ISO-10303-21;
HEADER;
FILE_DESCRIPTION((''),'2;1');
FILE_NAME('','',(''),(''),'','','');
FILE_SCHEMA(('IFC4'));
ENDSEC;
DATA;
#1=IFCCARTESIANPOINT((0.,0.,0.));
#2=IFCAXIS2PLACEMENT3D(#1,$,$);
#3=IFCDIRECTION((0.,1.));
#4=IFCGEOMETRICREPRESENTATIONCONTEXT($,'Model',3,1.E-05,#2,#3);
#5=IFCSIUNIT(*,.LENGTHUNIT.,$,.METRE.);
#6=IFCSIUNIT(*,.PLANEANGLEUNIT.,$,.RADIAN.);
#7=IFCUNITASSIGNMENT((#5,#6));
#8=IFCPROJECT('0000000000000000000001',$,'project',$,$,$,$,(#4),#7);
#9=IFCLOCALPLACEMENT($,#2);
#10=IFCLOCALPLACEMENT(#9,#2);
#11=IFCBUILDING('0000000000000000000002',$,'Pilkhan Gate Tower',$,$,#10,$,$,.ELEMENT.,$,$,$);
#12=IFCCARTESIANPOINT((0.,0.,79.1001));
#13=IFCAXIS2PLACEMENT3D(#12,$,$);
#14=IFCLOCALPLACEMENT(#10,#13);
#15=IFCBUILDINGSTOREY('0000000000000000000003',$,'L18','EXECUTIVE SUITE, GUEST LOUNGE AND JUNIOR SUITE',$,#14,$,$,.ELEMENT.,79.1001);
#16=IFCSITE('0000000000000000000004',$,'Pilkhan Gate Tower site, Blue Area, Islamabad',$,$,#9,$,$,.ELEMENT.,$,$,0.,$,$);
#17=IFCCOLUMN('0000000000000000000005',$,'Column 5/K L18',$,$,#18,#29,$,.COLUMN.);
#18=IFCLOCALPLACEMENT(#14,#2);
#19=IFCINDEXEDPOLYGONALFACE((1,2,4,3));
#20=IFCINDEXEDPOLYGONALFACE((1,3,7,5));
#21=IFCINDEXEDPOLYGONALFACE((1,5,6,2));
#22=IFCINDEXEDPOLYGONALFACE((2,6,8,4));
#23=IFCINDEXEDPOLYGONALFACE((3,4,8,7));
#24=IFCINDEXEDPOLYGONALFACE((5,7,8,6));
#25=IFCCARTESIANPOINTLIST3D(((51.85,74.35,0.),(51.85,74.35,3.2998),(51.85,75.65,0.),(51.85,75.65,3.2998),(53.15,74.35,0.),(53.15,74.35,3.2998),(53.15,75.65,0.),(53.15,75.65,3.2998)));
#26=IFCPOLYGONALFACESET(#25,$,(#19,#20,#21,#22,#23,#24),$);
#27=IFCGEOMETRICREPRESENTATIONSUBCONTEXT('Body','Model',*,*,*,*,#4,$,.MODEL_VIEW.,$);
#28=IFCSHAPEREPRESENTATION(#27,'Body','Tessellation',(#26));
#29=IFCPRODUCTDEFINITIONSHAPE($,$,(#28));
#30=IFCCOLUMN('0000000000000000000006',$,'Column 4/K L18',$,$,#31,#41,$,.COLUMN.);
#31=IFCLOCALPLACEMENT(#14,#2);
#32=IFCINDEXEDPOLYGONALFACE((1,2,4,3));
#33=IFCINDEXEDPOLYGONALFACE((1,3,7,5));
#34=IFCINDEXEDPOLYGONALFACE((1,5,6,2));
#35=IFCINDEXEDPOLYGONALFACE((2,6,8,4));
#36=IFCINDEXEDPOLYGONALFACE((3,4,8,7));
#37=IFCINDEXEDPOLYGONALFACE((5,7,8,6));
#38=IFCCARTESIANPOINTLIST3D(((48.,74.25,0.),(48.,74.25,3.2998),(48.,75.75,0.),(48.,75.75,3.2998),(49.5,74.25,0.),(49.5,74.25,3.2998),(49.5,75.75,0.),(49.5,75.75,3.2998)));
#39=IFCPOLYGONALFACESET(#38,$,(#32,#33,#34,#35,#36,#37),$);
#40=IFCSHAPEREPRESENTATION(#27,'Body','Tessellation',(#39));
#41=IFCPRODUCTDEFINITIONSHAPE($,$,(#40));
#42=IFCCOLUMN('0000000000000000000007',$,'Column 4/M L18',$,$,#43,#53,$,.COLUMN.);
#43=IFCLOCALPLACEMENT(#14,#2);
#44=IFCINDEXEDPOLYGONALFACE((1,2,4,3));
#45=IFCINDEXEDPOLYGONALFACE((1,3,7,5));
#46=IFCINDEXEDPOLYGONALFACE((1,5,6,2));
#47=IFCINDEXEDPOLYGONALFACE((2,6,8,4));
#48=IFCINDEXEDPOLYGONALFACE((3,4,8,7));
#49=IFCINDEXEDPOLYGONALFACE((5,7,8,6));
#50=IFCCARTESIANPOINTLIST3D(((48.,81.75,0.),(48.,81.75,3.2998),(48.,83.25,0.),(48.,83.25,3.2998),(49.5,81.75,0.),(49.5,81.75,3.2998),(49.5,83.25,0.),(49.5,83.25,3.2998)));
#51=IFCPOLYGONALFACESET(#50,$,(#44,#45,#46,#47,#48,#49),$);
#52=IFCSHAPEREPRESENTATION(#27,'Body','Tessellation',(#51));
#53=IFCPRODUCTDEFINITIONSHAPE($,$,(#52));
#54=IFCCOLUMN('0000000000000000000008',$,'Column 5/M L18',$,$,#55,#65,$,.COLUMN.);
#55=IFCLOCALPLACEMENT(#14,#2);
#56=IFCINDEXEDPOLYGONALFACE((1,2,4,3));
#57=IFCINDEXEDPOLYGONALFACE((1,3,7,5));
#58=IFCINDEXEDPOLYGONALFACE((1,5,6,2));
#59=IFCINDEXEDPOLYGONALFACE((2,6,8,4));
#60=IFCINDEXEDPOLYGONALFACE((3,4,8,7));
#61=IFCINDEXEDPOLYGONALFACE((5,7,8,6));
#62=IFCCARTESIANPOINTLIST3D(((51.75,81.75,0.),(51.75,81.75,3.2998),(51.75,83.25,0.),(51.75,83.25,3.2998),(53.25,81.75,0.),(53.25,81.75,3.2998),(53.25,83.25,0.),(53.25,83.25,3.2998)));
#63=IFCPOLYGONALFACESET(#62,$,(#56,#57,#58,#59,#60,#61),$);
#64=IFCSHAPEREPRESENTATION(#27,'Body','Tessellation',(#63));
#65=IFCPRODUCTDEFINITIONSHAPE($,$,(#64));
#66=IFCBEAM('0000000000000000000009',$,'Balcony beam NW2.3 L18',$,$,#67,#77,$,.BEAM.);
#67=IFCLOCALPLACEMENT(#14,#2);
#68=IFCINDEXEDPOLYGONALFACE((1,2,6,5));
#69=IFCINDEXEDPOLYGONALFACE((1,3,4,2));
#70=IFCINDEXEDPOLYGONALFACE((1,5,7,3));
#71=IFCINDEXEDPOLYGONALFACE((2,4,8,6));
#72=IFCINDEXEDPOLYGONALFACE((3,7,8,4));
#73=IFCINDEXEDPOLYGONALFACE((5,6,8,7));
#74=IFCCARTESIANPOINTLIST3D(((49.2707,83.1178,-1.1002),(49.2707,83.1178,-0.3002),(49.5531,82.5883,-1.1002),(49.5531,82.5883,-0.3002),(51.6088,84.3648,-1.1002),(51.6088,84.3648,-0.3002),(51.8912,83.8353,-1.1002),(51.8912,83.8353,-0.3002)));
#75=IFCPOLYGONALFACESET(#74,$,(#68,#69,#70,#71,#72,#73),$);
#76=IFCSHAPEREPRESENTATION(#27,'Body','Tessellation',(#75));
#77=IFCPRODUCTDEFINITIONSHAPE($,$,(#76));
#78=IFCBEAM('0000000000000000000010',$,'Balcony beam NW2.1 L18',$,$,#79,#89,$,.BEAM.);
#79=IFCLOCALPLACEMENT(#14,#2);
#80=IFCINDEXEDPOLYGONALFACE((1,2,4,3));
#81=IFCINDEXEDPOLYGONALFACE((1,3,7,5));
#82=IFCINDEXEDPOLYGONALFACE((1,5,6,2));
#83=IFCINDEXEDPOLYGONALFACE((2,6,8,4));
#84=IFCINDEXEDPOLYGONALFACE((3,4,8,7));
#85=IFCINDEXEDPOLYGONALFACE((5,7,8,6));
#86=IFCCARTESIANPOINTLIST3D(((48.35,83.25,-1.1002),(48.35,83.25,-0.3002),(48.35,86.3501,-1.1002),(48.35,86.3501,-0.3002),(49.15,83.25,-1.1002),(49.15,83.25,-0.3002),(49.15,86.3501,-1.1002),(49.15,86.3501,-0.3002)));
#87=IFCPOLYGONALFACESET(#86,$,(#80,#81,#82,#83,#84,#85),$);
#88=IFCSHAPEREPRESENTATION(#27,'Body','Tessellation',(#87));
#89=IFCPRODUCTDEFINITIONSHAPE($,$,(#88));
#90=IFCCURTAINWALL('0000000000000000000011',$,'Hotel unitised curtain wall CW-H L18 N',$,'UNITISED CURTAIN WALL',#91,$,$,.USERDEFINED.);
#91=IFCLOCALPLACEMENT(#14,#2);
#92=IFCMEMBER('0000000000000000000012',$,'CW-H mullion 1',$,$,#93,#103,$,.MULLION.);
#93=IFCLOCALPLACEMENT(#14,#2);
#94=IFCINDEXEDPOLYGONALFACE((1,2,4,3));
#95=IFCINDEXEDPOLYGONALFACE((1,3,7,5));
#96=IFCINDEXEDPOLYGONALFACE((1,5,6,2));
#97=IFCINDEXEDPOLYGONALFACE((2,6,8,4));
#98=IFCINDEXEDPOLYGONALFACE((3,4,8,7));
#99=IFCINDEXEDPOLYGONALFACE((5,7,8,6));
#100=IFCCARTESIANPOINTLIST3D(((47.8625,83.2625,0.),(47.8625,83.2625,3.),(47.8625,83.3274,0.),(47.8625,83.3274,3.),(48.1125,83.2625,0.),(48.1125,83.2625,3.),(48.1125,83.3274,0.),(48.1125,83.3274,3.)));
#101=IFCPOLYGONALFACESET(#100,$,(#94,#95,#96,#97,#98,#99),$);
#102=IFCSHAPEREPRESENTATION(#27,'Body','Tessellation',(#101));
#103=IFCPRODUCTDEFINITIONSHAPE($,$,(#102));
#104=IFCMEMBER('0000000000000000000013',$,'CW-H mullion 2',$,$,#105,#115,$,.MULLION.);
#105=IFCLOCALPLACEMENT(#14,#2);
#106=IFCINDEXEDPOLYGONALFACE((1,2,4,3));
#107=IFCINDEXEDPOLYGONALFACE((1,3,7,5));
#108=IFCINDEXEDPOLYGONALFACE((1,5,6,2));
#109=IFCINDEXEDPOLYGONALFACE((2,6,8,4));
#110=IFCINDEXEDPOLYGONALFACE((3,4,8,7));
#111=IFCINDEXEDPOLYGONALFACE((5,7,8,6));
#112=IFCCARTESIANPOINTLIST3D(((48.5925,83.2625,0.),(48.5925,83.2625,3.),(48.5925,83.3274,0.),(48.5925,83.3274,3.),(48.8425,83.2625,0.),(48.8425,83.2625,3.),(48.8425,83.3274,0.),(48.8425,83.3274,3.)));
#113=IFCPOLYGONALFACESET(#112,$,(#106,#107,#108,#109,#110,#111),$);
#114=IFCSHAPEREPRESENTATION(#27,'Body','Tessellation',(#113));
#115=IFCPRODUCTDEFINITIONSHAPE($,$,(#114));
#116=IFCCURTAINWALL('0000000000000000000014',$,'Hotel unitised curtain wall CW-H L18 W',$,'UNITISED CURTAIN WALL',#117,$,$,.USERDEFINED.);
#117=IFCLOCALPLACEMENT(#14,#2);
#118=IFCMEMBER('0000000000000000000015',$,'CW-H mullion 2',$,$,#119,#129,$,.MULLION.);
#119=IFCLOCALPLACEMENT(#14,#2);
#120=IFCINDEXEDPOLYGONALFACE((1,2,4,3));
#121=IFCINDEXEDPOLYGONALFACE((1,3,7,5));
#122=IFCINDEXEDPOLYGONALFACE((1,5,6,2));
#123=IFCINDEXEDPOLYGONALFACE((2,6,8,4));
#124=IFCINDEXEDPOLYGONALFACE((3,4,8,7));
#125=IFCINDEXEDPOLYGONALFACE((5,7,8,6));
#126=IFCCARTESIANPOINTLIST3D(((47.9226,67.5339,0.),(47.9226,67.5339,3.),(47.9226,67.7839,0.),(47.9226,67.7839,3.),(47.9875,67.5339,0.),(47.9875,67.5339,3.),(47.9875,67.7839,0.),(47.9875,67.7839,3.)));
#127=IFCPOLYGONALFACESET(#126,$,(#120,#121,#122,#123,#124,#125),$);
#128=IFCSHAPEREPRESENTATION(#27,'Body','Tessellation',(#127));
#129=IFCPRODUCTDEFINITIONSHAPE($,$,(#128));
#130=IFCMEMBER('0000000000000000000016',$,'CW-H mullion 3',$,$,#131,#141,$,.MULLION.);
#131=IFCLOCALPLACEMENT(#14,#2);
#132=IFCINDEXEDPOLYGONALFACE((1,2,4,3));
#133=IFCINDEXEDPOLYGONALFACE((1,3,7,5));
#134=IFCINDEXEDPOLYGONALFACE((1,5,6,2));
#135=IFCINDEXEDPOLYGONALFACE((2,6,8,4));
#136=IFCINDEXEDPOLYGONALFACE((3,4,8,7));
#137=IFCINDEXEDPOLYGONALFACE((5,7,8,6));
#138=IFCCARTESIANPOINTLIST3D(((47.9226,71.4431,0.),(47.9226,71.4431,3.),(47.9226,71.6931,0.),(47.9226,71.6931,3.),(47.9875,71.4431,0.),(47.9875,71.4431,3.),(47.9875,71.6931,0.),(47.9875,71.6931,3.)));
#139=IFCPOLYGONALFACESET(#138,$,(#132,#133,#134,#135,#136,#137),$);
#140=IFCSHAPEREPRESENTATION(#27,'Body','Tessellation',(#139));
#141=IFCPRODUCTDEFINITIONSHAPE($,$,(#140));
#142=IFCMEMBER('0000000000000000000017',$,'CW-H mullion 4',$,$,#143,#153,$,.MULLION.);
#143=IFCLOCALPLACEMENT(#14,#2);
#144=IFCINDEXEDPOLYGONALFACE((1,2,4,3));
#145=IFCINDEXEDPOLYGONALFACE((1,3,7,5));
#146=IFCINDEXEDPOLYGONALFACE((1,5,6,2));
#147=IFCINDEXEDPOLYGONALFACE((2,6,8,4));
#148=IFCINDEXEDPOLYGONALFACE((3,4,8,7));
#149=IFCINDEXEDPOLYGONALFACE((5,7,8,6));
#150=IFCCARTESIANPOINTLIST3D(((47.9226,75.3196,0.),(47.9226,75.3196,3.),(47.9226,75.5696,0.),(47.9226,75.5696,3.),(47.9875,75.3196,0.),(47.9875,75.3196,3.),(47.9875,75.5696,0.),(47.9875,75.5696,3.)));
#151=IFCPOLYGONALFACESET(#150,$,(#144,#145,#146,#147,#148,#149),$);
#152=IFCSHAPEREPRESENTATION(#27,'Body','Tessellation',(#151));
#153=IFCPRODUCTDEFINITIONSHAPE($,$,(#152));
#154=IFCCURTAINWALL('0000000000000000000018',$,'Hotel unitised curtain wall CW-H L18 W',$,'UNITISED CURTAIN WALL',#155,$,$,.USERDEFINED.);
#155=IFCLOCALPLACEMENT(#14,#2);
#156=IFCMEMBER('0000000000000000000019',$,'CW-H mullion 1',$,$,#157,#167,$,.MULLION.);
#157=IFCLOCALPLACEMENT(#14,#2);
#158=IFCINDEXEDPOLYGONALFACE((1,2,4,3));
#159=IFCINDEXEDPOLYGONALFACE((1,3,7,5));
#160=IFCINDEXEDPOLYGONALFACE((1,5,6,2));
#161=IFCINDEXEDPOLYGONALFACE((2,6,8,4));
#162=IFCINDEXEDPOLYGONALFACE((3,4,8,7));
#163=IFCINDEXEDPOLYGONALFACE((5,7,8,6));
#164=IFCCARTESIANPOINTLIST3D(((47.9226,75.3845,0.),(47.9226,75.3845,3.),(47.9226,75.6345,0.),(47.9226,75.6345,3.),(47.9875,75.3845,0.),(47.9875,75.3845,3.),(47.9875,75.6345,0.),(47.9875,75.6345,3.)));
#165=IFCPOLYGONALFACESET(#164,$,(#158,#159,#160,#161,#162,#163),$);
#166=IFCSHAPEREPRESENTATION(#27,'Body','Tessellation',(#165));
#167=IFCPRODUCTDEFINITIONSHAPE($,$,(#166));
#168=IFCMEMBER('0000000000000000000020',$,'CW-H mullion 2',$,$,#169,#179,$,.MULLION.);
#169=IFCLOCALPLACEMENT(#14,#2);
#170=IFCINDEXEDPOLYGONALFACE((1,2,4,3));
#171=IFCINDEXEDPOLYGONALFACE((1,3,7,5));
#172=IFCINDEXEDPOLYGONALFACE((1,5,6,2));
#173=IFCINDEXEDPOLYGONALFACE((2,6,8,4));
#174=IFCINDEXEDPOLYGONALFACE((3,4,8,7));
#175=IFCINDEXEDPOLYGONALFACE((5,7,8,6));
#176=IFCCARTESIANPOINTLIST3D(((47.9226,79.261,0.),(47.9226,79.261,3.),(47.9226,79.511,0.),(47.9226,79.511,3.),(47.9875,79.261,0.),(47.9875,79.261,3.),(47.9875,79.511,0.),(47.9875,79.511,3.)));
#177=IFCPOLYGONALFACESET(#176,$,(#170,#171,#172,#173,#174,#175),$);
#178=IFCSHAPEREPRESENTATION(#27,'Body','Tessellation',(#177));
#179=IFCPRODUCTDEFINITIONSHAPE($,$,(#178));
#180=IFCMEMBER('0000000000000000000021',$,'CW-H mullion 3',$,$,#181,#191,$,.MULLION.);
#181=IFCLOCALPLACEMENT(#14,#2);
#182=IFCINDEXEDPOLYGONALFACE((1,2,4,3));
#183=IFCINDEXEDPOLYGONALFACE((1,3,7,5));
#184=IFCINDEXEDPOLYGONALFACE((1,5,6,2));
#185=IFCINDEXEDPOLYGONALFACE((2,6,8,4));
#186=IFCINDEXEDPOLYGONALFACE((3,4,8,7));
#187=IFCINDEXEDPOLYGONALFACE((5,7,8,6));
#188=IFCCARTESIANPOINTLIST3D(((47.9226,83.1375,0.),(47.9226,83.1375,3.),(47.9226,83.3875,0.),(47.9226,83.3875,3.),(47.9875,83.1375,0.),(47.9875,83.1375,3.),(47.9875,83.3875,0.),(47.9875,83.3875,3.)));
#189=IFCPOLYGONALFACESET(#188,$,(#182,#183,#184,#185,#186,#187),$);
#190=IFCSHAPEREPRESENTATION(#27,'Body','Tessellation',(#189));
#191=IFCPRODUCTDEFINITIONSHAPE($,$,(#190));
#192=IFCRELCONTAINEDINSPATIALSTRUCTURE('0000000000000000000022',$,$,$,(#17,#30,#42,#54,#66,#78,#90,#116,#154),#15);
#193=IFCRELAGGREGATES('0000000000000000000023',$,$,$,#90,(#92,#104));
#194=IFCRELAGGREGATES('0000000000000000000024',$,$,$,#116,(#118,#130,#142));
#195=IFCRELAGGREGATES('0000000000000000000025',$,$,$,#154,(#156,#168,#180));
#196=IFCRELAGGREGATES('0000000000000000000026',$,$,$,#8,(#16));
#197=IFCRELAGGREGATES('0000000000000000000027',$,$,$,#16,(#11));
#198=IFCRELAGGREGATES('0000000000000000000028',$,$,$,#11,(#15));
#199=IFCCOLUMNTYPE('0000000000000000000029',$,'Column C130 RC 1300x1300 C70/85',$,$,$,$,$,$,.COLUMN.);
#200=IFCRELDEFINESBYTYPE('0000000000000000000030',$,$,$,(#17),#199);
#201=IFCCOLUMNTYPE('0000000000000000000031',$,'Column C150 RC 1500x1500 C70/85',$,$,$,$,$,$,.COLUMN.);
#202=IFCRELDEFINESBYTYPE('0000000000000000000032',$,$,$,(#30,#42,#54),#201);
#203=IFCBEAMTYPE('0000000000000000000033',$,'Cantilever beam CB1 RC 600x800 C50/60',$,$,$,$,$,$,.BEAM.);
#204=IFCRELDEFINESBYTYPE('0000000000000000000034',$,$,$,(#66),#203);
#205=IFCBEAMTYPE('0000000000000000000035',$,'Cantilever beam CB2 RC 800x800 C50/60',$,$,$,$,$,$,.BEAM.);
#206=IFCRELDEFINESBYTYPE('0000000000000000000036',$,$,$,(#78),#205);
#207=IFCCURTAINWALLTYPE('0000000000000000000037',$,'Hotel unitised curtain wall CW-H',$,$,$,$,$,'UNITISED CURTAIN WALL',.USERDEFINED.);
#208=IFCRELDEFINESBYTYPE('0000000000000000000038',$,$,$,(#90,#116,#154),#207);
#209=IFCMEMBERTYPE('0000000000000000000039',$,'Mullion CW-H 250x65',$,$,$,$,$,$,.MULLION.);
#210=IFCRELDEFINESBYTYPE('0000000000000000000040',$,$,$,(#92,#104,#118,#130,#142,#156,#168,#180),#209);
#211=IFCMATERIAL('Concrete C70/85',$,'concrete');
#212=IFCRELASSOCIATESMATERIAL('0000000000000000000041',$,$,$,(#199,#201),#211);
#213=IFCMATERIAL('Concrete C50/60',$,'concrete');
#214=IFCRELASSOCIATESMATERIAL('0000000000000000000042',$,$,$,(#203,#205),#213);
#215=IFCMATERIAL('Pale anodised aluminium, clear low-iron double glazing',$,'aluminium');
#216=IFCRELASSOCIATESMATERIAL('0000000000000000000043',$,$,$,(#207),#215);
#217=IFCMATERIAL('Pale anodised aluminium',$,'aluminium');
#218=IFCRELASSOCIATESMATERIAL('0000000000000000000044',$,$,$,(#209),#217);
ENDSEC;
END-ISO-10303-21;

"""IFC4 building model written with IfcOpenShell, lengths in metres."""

from ifc_helpers import new_model, si_unit, direction, frame, origin, origin_2d, place, context, subcontext, project, spatial, rectangle, extrude, material, material_profile, profile_set, type_object, element, aggregate, save


model = new_model("IFC4")

# Units and contexts
model_context = context("Model", 3, precision=1e-05, world=origin(), true_north=direction((0.0, 1.0)))
body_context = subcontext(model_context, "Body", "Model", "MODEL_VIEW")
ifc_project = project(units=[si_unit("LENGTHUNIT", "METRE"), si_unit("PLANEANGLEUNIT", "RADIAN")], contexts=[model_context])

# Site, building, storey
site_placement = place(None, origin())
site = spatial("IfcSite", under=ifc_project, at=site_placement, Name="Pilkhan Gate Tower site, Blue Area, Islamabad", CompositionType="ELEMENT", RefElevation=0.0)
building_placement = place(site_placement, origin())
building = spatial("IfcBuilding", under=site, at=building_placement, Name="Pilkhan Gate Tower", CompositionType="ELEMENT")
storey_placement = place(building_placement, frame((0.0, 0.0, 79.1001)))
storey = spatial("IfcBuildingStorey", under=building, at=storey_placement, Name="L18", Description="EXECUTIVE SUITE, GUEST LOUNGE AND JUNIOR SUITE", CompositionType="ELEMENT", Elevation=79.1001)

# Columns
ifc_material_1 = material(Name="Concrete C70/85", Category="concrete")
ifc_material_profile_1 = material_profile(ifc_material_1, rectangle(XDim=1.3, YDim=1.3, at=origin_2d()), Name="RC 1300x1300")
ifc_profile_set_1 = profile_set([ifc_material_profile_1], Name="Concrete C70/85")
column_type_1 = type_object("IfcColumnType", Name="Column C130 RC 1300x1300 C70/85", PredefinedType="COLUMN", material=ifc_profile_set_1)
column_placement = place(storey_placement, frame((52.5, 75.0, 0.0), z_axis=(0.0, 0.0, 1.0), x_axis=(1.0, 0.0, 0.0)))
element("IfcColumn", 1, at=column_placement, inside=storey, type_object=column_type_1, Name="Column 5/K L18", PredefinedType="COLUMN", context=body_context, shape_type="SweptSolid", body=[
    extrude(rectangle(XDim=1.3, YDim=1.3, at=origin_2d()), origin(), (0.0, 0.0, 1.0), 3.2998),
])
ifc_material_profile_2 = material_profile(ifc_material_1, rectangle(XDim=1.5, YDim=1.5, at=origin_2d()), Name="RC 1500x1500")
ifc_profile_set_2 = profile_set([ifc_material_profile_2], Name="Concrete C70/85")
column_type_2 = type_object("IfcColumnType", Name="Column C150 RC 1500x1500 C70/85", PredefinedType="COLUMN", material=ifc_profile_set_2)
for number, where, z_axis, x_axis, name in (
    (2, (48.75, 75.0, 0.0), (0.0, 0.0, 1.0), (1.0, 0.0, 0.0), "Column 4/K L18"),
    (3, (48.75, 82.5, 0.0), (0.0, 0.0, 1.0), (1.0, 0.0, 0.0), "Column 4/M L18"),
    (4, (52.5, 82.5, 0.0), (0.0, 0.0, 1.0), (1.0, 0.0, 0.0), "Column 5/M L18"),
):
    element("IfcColumn", number, at=place(storey_placement, frame(where, z_axis=z_axis, x_axis=x_axis)), inside=storey, type_object=column_type_2, Name=name, PredefinedType="COLUMN", context=body_context, shape_type="SweptSolid", body=[
        extrude(rectangle(XDim=1.5, YDim=1.5, at=origin_2d()), origin(), (0.0, 0.0, 1.0), 3.2998),
    ])

# Beams
ifc_material_2 = material(Name="Concrete C50/60", Category="concrete")
ifc_material_profile_3 = material_profile(ifc_material_2, rectangle(XDim=0.6001, YDim=0.8, at=origin_2d()), Name="RC 600x800")
ifc_profile_set_3 = profile_set([ifc_material_profile_3], Name="Concrete C50/60")
beam_type_1 = type_object("IfcBeamType", Name="Cantilever beam CB1 RC 600x800 C50/60", PredefinedType="BEAM", material=ifc_profile_set_3)
beam_1_placement = place(storey_placement, frame((49.4119, 82.853, -0.7002), z_axis=(0.882343, 0.470607, 0.0), x_axis=(-0.470607, 0.882343, 0.0)))
element("IfcBeam", 5, at=beam_1_placement, inside=storey, type_object=beam_type_1, Name="Balcony beam NW2.3 L18", PredefinedType="BEAM", context=body_context, shape_type="SweptSolid", body=[
    extrude(rectangle(XDim=0.6001, YDim=0.8, at=origin_2d()), origin(), (0.0, 0.0, 1.0), 2.6499),
])
ifc_material_profile_4 = material_profile(ifc_material_2, rectangle(XDim=0.8, YDim=0.8, at=origin_2d()), Name="RC 800x800")
ifc_profile_set_4 = profile_set([ifc_material_profile_4], Name="Concrete C50/60")
beam_type_2 = type_object("IfcBeamType", Name="Cantilever beam CB2 RC 800x800 C50/60", PredefinedType="BEAM", material=ifc_profile_set_4)
beam_2_placement = place(storey_placement, frame((48.75, 83.25, -0.7002), z_axis=(0.0, 1.0, 0.0), x_axis=(-1.0, 0.0, 0.0)))
element("IfcBeam", 6, at=beam_2_placement, inside=storey, type_object=beam_type_2, Name="Balcony beam NW2.1 L18", PredefinedType="BEAM", context=body_context, shape_type="SweptSolid", body=[
    extrude(rectangle(XDim=0.8, YDim=0.8, at=origin_2d()), origin(), (0.0, 0.0, 1.0), 3.1001),
])

# Curtain walls, members
ifc_material_3 = material(Name="Pale anodised aluminium, clear low-iron double glazing", Category="aluminium")
curtain_wall_type = type_object("IfcCurtainWallType", Name="Hotel unitised curtain wall CW-H", ElementType="UNITISED CURTAIN WALL", PredefinedType="USERDEFINED", material=ifc_material_3)
curtain_wall_1_placement = place(storey_placement, origin())
curtain_wall_1 = element("IfcCurtainWall", 7, at=curtain_wall_1_placement, inside=storey, type_object=curtain_wall_type, Name="Hotel unitised curtain wall CW-H L18 N", ObjectType="UNITISED CURTAIN WALL", PredefinedType="USERDEFINED")
ifc_material_4 = material(Name="Pale anodised aluminium", Category="aluminium")
ifc_material_profile_5 = material_profile(ifc_material_4, rectangle(XDim=0.0649, YDim=0.25, at=origin_2d()), Name="Mullion 250x65")
ifc_profile_set_5 = profile_set([ifc_material_profile_5], Name="Pale anodised aluminium")
member_type_1 = type_object("IfcMemberType", Name="Mullion CW-H 250x65", PredefinedType="MULLION", material=ifc_profile_set_5)
member_1_placement = place(storey_placement, frame((47.9875, 83.2949, 0.0), z_axis=(0.0, 0.0, 1.0), x_axis=(0.0, 1.0, 0.0)))
member_1 = element("IfcMember", 8, at=member_1_placement, type_object=member_type_1, Name="CW-H mullion 1", PredefinedType="MULLION", context=body_context, shape_type="SweptSolid", body=[
    extrude(rectangle(XDim=0.0649, YDim=0.25, at=origin_2d()), origin(), (0.0, 0.0, 1.0), 3.0),
])
member_2_placement = place(storey_placement, frame((48.7175, 83.2949, 0.0), z_axis=(0.0, 0.0, 1.0), x_axis=(0.0, 1.0, 0.0)))
member_2 = element("IfcMember", 9, at=member_2_placement, type_object=member_type_1, Name="CW-H mullion 2", PredefinedType="MULLION", context=body_context, shape_type="SweptSolid", body=[
    extrude(rectangle(XDim=0.0649, YDim=0.25, at=origin_2d()), origin(), (0.0, 0.0, 1.0), 3.0),
])
curtain_wall_2_placement = place(storey_placement, origin())
curtain_wall_2 = element("IfcCurtainWall", 10, at=curtain_wall_2_placement, inside=storey, type_object=curtain_wall_type, Name="Hotel unitised curtain wall CW-H L18 W", ObjectType="UNITISED CURTAIN WALL", PredefinedType="USERDEFINED")
member_3_placement = place(storey_placement, frame((47.9551, 67.6589, 0.0), z_axis=(0.0, 0.0, 1.0), x_axis=(-1.0, 0.0, 0.0)))
member_3 = element("IfcMember", 11, at=member_3_placement, type_object=member_type_1, Name="CW-H mullion 2", PredefinedType="MULLION", context=body_context, shape_type="SweptSolid", body=[
    extrude(rectangle(XDim=0.0649, YDim=0.25, at=origin_2d()), origin(), (0.0, 0.0, 1.0), 3.0),
])
member_4_placement = place(storey_placement, frame((47.9551, 71.5681, 0.0), z_axis=(0.0, 0.0, 1.0), x_axis=(-1.0, 0.0, 0.0)))
member_4 = element("IfcMember", 12, at=member_4_placement, type_object=member_type_1, Name="CW-H mullion 3", PredefinedType="MULLION", context=body_context, shape_type="SweptSolid", body=[
    extrude(rectangle(XDim=0.0649, YDim=0.25, at=origin_2d()), origin(), (0.0, 0.0, 1.0), 3.0),
])
member_5_placement = place(storey_placement, frame((47.9551, 75.4446, 0.0), z_axis=(0.0, 0.0, 1.0), x_axis=(-1.0, 0.0, 0.0)))
member_5 = element("IfcMember", 13, at=member_5_placement, type_object=member_type_1, Name="CW-H mullion 4", PredefinedType="MULLION", context=body_context, shape_type="SweptSolid", body=[
    extrude(rectangle(XDim=0.0649, YDim=0.25, at=origin_2d()), origin(), (0.0, 0.0, 1.0), 3.0),
])
curtain_wall_3_placement = place(storey_placement, origin())
curtain_wall_3 = element("IfcCurtainWall", 14, at=curtain_wall_3_placement, inside=storey, type_object=curtain_wall_type, Name="Hotel unitised curtain wall CW-H L18 W", ObjectType="UNITISED CURTAIN WALL", PredefinedType="USERDEFINED")
member_6_placement = place(storey_placement, frame((47.9551, 75.5095, 0.0), z_axis=(0.0, 0.0, 1.0), x_axis=(-1.0, 0.0, 0.0)))
member_6 = element("IfcMember", 15, at=member_6_placement, type_object=member_type_1, Name="CW-H mullion 1", PredefinedType="MULLION", context=body_context, shape_type="SweptSolid", body=[
    extrude(rectangle(XDim=0.0649, YDim=0.25, at=origin_2d()), origin(), (0.0, 0.0, 1.0), 3.0),
])
member_7_placement = place(storey_placement, frame((47.9551, 79.386, 0.0), z_axis=(0.0, 0.0, 1.0), x_axis=(-1.0, 0.0, 0.0)))
member_7 = element("IfcMember", 16, at=member_7_placement, type_object=member_type_1, Name="CW-H mullion 2", PredefinedType="MULLION", context=body_context, shape_type="SweptSolid", body=[
    extrude(rectangle(XDim=0.0649, YDim=0.25, at=origin_2d()), origin(), (0.0, 0.0, 1.0), 3.0),
])
member_8_placement = place(storey_placement, frame((47.9551, 83.2625, 0.0), z_axis=(0.0, 0.0, 1.0), x_axis=(-1.0, 0.0, 0.0)))
member_8 = element("IfcMember", 17, at=member_8_placement, type_object=member_type_1, Name="CW-H mullion 3", PredefinedType="MULLION", context=body_context, shape_type="SweptSolid", body=[
    extrude(rectangle(XDim=0.0649, YDim=0.25, at=origin_2d()), origin(), (0.0, 0.0, 1.0), 3.0),
])

aggregate(curtain_wall_1, [member_1, member_2])
aggregate(curtain_wall_2, [member_3, member_4, member_5])
aggregate(curtain_wall_3, [member_6, member_7, member_8])

save(model, "model.ifc")
